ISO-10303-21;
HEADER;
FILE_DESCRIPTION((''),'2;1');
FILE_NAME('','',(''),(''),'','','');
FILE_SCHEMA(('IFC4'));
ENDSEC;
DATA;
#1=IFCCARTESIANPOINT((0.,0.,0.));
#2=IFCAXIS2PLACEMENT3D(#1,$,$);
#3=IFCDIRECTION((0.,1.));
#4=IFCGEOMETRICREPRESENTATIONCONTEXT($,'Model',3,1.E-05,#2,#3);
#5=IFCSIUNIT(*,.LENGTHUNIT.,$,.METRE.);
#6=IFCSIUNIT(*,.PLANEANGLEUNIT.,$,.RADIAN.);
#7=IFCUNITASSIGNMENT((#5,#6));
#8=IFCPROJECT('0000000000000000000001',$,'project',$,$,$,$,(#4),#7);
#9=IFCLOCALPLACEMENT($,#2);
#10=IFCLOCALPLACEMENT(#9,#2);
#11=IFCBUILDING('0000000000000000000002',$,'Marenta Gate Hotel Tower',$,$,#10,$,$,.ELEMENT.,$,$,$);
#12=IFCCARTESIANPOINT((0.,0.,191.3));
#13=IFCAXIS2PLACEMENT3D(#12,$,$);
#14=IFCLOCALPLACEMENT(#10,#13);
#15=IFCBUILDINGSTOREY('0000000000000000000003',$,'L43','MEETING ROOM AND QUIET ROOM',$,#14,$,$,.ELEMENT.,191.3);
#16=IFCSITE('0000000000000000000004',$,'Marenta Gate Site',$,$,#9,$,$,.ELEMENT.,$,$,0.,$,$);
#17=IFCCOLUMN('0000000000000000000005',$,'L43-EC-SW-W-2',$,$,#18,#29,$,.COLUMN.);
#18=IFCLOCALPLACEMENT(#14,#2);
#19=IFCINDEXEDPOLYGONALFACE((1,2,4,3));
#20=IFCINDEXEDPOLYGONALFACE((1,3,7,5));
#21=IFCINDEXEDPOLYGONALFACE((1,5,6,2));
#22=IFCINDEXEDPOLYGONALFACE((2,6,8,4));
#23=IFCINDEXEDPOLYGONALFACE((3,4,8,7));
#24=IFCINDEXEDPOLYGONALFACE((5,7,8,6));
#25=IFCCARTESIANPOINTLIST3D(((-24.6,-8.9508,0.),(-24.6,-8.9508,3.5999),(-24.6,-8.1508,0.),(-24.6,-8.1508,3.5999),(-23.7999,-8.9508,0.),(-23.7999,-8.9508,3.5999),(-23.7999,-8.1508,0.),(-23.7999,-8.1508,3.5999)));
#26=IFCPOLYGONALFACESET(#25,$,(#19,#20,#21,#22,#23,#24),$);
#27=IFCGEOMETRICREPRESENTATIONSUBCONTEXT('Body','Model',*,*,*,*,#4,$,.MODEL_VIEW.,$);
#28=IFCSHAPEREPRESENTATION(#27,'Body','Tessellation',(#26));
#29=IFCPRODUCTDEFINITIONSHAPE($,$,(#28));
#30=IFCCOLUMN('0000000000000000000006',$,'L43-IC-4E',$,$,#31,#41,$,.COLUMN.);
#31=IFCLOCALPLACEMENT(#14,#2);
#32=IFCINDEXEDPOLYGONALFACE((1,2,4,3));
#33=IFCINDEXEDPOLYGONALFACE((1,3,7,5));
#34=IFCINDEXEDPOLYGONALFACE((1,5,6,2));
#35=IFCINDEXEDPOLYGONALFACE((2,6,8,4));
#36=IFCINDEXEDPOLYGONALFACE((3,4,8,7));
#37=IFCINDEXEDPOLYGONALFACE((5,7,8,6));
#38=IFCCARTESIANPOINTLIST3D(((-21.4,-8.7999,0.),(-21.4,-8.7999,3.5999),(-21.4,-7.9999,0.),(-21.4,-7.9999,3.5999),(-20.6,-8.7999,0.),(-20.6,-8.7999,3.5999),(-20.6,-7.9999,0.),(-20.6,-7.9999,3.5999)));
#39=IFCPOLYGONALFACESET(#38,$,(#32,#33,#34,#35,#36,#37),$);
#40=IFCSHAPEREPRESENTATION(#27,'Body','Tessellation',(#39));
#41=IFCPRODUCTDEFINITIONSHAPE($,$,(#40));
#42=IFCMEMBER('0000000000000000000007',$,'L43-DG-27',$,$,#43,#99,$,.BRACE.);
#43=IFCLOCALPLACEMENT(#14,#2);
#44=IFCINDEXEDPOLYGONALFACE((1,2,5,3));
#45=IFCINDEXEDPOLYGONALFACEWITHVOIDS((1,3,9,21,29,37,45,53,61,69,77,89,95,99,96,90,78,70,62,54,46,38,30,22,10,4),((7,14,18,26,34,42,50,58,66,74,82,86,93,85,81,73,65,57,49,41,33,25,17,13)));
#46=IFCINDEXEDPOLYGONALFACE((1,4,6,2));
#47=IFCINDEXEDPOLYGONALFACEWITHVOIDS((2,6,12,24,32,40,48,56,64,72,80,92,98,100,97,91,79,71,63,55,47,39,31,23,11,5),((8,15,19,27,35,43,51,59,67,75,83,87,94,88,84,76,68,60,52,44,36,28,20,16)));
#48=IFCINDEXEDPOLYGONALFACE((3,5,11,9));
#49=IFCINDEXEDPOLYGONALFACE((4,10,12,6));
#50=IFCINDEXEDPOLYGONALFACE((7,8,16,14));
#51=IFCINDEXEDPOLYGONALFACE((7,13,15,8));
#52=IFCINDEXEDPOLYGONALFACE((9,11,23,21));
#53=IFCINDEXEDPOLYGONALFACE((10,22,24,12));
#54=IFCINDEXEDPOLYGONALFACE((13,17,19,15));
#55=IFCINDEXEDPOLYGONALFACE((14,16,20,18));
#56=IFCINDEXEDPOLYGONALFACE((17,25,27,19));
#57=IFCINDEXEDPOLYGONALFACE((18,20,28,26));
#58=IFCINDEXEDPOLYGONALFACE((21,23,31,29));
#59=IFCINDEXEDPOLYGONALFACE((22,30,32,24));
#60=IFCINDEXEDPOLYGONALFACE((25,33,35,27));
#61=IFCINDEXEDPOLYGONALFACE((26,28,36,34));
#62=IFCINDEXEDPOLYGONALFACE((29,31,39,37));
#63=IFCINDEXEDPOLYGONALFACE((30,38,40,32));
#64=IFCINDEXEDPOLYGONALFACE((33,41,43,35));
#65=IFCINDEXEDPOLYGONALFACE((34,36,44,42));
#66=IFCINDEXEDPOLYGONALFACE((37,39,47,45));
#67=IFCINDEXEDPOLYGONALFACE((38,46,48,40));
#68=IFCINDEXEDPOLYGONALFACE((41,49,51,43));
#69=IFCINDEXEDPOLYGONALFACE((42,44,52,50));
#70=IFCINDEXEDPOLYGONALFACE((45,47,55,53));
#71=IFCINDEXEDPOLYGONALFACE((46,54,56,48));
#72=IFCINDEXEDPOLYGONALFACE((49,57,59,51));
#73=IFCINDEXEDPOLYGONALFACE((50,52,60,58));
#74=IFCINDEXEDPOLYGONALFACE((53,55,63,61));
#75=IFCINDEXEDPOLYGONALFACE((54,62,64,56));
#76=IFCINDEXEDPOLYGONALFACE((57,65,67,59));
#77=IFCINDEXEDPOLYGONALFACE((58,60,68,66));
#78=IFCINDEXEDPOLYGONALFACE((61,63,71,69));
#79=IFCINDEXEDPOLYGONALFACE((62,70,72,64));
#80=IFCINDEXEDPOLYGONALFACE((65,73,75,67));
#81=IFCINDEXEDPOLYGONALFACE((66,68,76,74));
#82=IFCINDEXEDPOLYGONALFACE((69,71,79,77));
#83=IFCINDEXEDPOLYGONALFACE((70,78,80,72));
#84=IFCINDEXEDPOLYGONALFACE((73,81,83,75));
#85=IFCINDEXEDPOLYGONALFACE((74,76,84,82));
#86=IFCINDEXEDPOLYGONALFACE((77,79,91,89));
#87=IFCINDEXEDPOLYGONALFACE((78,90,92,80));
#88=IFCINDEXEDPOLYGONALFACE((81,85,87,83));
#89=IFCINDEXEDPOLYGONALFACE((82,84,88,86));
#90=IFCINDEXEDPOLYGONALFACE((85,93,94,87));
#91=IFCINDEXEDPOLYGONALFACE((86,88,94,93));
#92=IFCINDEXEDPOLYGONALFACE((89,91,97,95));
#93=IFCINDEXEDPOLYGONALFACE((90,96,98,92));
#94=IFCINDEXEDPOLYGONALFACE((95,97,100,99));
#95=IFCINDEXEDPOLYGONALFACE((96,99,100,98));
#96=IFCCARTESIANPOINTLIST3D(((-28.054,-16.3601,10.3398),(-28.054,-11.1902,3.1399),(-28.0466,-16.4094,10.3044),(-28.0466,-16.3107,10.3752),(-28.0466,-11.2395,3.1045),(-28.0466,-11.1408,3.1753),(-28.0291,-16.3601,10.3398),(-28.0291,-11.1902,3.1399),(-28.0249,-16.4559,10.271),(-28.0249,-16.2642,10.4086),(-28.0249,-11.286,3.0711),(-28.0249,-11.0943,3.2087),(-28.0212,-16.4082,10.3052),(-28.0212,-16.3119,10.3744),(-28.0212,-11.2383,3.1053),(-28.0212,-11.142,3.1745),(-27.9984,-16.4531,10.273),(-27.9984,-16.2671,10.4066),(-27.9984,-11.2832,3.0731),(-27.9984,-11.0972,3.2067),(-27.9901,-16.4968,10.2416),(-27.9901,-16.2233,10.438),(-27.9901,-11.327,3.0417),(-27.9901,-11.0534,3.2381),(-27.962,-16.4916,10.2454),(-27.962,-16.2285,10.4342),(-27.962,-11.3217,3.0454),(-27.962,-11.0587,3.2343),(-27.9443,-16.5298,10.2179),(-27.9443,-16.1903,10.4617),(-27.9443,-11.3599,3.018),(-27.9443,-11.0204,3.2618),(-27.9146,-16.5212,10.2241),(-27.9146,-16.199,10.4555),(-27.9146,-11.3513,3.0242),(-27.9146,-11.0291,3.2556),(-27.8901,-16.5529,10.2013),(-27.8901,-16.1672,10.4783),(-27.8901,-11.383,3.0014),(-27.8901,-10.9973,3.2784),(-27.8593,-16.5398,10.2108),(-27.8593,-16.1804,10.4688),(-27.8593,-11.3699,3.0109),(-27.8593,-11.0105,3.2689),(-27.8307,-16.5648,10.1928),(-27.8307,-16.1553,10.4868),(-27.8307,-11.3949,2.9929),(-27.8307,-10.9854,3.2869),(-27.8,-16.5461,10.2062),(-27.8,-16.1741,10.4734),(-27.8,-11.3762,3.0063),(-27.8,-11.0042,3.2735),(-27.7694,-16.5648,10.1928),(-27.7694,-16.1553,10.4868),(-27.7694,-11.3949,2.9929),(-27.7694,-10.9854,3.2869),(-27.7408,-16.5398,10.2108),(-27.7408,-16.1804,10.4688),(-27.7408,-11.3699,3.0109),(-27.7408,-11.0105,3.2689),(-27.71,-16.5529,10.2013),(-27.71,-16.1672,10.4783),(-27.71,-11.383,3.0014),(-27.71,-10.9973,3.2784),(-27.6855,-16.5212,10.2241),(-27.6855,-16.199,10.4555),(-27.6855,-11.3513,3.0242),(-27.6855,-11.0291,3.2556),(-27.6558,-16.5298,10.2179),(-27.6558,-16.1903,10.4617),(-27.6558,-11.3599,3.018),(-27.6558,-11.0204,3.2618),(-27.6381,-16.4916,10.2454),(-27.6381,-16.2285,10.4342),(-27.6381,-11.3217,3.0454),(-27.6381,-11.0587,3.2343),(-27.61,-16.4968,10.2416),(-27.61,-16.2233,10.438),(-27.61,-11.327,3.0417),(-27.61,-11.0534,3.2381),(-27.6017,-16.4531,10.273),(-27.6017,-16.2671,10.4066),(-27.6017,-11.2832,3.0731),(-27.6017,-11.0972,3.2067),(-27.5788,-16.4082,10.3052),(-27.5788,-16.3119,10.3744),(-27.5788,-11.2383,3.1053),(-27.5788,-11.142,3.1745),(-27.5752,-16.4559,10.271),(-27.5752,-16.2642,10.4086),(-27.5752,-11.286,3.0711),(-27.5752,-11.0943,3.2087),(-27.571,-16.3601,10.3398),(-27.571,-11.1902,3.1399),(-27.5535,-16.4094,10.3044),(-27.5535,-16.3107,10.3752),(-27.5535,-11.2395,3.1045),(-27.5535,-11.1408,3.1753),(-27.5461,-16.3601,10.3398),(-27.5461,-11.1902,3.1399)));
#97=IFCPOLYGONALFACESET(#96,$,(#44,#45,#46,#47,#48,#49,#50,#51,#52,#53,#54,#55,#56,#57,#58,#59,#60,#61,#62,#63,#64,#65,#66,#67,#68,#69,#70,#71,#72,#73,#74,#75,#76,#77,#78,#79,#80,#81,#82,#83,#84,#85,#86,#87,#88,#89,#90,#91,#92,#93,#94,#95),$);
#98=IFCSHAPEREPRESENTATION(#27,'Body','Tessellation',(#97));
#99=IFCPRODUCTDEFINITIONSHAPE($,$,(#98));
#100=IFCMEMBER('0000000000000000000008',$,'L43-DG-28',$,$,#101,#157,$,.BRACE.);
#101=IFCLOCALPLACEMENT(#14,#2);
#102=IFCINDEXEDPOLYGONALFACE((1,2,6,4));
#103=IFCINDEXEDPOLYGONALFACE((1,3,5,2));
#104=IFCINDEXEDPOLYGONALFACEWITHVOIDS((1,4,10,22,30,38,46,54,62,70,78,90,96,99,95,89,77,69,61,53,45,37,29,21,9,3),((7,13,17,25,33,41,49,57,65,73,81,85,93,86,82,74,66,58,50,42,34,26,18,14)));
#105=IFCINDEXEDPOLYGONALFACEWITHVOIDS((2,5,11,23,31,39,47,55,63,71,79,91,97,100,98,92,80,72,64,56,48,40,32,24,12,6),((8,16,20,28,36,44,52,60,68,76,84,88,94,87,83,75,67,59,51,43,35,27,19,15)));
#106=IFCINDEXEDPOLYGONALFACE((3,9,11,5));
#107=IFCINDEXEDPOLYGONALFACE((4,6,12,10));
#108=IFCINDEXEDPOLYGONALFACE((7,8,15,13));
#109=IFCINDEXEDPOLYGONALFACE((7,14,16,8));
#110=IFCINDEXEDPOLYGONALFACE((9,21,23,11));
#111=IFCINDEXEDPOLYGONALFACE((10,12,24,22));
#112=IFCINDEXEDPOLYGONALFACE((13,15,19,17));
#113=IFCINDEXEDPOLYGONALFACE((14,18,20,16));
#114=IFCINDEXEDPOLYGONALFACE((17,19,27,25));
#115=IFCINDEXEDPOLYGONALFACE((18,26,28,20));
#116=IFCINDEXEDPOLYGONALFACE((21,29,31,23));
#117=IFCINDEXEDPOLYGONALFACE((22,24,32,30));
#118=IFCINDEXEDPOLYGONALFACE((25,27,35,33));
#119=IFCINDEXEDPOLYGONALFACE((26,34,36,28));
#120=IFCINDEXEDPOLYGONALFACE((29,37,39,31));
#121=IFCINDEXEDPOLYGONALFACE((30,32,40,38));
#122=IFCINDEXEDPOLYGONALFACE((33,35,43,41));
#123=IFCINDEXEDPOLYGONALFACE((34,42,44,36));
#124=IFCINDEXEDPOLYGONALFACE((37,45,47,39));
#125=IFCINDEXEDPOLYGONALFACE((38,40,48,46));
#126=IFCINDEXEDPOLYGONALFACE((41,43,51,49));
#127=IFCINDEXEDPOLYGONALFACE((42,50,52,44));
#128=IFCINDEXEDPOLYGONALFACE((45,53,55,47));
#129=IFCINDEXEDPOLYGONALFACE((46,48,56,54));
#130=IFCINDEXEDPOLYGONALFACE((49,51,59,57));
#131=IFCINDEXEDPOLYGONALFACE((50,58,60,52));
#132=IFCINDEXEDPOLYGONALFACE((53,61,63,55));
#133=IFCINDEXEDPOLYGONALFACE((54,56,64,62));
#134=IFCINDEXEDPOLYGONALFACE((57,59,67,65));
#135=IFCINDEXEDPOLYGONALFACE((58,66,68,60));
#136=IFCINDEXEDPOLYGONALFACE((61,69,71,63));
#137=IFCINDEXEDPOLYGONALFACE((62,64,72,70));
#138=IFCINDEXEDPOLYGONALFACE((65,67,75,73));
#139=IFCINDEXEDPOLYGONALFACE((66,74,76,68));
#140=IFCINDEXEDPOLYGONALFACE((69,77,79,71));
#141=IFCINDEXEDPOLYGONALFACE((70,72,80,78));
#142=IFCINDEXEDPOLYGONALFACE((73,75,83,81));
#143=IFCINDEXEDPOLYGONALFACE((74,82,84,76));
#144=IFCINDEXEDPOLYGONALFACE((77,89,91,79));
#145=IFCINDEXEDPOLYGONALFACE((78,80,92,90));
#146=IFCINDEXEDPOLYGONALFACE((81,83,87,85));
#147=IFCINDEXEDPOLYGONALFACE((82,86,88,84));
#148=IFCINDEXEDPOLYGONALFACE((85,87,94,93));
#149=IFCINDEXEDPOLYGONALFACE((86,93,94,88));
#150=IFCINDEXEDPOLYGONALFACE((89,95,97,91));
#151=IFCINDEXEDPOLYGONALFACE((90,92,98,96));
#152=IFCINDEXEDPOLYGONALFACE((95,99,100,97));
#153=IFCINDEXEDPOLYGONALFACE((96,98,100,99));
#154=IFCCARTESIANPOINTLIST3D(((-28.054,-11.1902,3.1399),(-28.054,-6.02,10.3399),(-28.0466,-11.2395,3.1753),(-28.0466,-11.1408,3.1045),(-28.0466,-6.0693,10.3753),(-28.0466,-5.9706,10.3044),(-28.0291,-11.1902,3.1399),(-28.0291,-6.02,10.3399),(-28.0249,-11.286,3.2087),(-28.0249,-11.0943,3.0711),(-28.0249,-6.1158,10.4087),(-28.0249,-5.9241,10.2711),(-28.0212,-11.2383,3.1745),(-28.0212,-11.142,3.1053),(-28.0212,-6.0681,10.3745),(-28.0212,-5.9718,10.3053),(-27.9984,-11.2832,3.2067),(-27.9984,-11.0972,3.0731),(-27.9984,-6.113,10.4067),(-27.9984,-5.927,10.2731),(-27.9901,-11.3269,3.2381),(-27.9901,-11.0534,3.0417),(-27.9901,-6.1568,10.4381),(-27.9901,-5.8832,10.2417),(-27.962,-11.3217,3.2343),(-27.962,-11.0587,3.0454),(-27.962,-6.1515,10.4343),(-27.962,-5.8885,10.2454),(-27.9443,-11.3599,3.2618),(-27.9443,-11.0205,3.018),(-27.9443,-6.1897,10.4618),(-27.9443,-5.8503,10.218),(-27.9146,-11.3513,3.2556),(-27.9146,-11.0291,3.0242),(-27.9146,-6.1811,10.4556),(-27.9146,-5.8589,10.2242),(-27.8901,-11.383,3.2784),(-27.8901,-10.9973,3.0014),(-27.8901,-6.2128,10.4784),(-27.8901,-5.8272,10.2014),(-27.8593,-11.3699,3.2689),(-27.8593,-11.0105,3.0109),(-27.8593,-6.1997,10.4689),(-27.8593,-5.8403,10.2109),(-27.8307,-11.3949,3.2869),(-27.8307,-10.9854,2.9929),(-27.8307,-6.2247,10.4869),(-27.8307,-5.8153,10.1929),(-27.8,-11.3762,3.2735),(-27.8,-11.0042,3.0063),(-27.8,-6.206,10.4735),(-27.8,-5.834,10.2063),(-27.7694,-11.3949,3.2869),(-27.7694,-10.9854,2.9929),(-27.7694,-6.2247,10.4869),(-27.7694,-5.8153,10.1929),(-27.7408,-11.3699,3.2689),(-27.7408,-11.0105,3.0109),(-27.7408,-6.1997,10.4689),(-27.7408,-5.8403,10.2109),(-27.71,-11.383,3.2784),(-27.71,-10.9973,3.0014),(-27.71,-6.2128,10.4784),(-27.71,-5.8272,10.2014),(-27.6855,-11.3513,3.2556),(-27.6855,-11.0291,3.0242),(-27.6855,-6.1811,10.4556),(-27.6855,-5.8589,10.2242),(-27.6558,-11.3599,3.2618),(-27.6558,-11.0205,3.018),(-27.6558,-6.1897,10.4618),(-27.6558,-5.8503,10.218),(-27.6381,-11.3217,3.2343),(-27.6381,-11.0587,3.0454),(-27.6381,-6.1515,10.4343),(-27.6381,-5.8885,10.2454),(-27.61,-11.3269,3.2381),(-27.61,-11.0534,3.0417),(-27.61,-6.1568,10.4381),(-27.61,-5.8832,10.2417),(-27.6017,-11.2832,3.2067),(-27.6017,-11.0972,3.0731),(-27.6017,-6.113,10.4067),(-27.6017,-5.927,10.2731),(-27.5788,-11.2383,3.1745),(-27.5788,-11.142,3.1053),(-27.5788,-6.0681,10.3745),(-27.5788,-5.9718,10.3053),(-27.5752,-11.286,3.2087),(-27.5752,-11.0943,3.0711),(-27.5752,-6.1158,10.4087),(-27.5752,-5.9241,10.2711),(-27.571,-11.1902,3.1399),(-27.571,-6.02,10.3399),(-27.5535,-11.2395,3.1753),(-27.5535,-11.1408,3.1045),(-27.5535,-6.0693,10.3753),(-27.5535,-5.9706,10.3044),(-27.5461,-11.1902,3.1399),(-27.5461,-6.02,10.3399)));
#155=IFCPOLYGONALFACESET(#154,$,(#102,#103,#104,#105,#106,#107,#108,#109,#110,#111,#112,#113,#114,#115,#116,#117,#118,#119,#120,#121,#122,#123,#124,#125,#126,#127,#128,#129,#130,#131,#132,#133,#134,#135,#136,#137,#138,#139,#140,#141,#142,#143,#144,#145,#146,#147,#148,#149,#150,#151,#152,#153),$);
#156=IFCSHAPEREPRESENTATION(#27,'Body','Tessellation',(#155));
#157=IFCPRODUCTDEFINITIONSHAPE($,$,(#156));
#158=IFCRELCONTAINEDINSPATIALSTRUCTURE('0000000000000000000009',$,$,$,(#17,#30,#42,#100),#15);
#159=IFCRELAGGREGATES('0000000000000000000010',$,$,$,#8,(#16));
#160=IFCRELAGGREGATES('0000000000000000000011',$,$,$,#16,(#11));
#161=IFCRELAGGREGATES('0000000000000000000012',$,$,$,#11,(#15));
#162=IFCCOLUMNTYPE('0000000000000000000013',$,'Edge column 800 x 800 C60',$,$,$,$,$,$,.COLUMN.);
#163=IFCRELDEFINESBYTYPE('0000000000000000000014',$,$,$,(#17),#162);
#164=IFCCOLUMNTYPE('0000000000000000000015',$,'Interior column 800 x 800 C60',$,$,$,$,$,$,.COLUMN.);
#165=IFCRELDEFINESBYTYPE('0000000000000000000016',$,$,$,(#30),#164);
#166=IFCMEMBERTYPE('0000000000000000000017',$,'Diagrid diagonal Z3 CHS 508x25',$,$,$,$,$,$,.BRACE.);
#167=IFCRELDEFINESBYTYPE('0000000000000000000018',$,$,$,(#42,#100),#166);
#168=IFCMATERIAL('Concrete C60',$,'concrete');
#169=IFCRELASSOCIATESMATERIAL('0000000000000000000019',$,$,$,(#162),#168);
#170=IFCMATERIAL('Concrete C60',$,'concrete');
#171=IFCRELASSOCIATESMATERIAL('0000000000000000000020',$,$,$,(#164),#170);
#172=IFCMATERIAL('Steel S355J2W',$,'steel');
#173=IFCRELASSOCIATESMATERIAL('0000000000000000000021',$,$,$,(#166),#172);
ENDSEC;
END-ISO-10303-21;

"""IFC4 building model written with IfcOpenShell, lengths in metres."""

from ifc_helpers import new_model, si_unit, direction, frame, origin, origin_2d, place, context, subcontext, project, spatial, rectangle, hollow_circle, extrude, material, material_profile, profile_set, type_object, element, save


model = new_model("IFC4")

# Units and contexts
model_context = context("Model", 3, precision=1e-05, world=origin(), true_north=direction((0.0, 1.0)))
body_context = subcontext(model_context, "Body", "Model", "MODEL_VIEW")
ifc_project = project(units=[si_unit("LENGTHUNIT", "METRE"), si_unit("PLANEANGLEUNIT", "RADIAN")], contexts=[model_context])

# Site, building, storey
site_placement = place(None, origin())
site = spatial("IfcSite", under=ifc_project, at=site_placement, Name="Marenta Gate Site", CompositionType="ELEMENT", RefElevation=0.0)
building_placement = place(site_placement, origin())
building = spatial("IfcBuilding", under=site, at=building_placement, Name="Marenta Gate Hotel Tower", CompositionType="ELEMENT")
storey_placement = place(building_placement, frame((0.0, 0.0, 191.3)))
storey = spatial("IfcBuildingStorey", under=building, at=storey_placement, Name="L43", Description="MEETING ROOM AND QUIET ROOM", CompositionType="ELEMENT", Elevation=191.3)

# Columns
ifc_material_1 = material(Name="Concrete C60", Category="concrete")
ifc_material_profile_1 = material_profile(ifc_material_1, rectangle(XDim=0.8, YDim=0.8, at=origin_2d()), Name="800 x 800")
ifc_profile_set_1 = profile_set([ifc_material_profile_1], Name="Concrete C60")
column_type_1 = type_object("IfcColumnType", Name="Edge column 800 x 800 C60", PredefinedType="COLUMN", material=ifc_profile_set_1)
column_1_placement = place(storey_placement, frame((-24.2, -8.5508, 0.0), z_axis=(0.0, 0.0, 1.0), x_axis=(1.0, 0.0, 0.0)))
element("IfcColumn", 1, at=column_1_placement, inside=storey, type_object=column_type_1, Name="L43-EC-SW-W-2", PredefinedType="COLUMN", context=body_context, shape_type="SweptSolid", body=[
    extrude(rectangle(XDim=0.8, YDim=0.8, at=origin_2d()), origin(), (0.0, 0.0, 1.0), 3.5999),
])
ifc_material_2 = material(Name="Concrete C60", Category="concrete")
ifc_material_profile_2 = material_profile(ifc_material_2, rectangle(XDim=0.8, YDim=0.8, at=origin_2d()), Name="800 x 800")
ifc_profile_set_2 = profile_set([ifc_material_profile_2], Name="Concrete C60")
column_type_2 = type_object("IfcColumnType", Name="Interior column 800 x 800 C60", PredefinedType="COLUMN", material=ifc_profile_set_2)
column_2_placement = place(storey_placement, frame((-21.0, -8.3999, 0.0), z_axis=(0.0, 0.0, 1.0), x_axis=(1.0, 0.0, 0.0)))
element("IfcColumn", 2, at=column_2_placement, inside=storey, type_object=column_type_2, Name="L43-IC-4E", PredefinedType="COLUMN", context=body_context, shape_type="SweptSolid", body=[
    extrude(rectangle(XDim=0.8, YDim=0.8, at=origin_2d()), origin(), (0.0, 0.0, 1.0), 3.5999),
])

# Members
ifc_material_3 = material(Name="Steel S355J2W", Category="steel")
ifc_material_profile_3 = material_profile(ifc_material_3, hollow_circle(Radius=0.2539, WallThickness=0.0249, at=origin_2d()), Name="CHS 508x25")
ifc_profile_set_3 = profile_set([ifc_material_profile_3], Name="Steel S355J2W")
member_type_1 = type_object("IfcMemberType", Name="Diagrid diagonal Z3 CHS 508x25", PredefinedType="BRACE", material=ifc_profile_set_3)
member_1_placement = place(storey_placement, frame((-27.8, -11.1902, 3.1399), z_axis=(0.0, -0.583261, 0.812285), x_axis=(1.0, 0.0, 0.0)))
element("IfcMember", 3, at=member_1_placement, inside=storey, type_object=member_type_1, Name="L43-DG-27", PredefinedType="BRACE", context=body_context, shape_type="SweptSolid", body=[
    extrude(hollow_circle(Radius=0.2539, WallThickness=0.0249, at=origin_2d()), origin(), (0.0, 0.0, 1.0), 8.8638),
])
member_2_placement = place(storey_placement, frame((-27.8, -11.1902, 3.1399), z_axis=(0.0, 0.583279, 0.812272), x_axis=(-1.0, 0.0, 0.0)))
element("IfcMember", 4, at=member_2_placement, inside=storey, type_object=member_type_1, Name="L43-DG-28", PredefinedType="BRACE", context=body_context, shape_type="SweptSolid", body=[
    extrude(hollow_circle(Radius=0.2539, WallThickness=0.0249, at=origin_2d()), origin(), (0.0, 0.0, 1.0), 8.864),
])

save(model, "model.ifc")
